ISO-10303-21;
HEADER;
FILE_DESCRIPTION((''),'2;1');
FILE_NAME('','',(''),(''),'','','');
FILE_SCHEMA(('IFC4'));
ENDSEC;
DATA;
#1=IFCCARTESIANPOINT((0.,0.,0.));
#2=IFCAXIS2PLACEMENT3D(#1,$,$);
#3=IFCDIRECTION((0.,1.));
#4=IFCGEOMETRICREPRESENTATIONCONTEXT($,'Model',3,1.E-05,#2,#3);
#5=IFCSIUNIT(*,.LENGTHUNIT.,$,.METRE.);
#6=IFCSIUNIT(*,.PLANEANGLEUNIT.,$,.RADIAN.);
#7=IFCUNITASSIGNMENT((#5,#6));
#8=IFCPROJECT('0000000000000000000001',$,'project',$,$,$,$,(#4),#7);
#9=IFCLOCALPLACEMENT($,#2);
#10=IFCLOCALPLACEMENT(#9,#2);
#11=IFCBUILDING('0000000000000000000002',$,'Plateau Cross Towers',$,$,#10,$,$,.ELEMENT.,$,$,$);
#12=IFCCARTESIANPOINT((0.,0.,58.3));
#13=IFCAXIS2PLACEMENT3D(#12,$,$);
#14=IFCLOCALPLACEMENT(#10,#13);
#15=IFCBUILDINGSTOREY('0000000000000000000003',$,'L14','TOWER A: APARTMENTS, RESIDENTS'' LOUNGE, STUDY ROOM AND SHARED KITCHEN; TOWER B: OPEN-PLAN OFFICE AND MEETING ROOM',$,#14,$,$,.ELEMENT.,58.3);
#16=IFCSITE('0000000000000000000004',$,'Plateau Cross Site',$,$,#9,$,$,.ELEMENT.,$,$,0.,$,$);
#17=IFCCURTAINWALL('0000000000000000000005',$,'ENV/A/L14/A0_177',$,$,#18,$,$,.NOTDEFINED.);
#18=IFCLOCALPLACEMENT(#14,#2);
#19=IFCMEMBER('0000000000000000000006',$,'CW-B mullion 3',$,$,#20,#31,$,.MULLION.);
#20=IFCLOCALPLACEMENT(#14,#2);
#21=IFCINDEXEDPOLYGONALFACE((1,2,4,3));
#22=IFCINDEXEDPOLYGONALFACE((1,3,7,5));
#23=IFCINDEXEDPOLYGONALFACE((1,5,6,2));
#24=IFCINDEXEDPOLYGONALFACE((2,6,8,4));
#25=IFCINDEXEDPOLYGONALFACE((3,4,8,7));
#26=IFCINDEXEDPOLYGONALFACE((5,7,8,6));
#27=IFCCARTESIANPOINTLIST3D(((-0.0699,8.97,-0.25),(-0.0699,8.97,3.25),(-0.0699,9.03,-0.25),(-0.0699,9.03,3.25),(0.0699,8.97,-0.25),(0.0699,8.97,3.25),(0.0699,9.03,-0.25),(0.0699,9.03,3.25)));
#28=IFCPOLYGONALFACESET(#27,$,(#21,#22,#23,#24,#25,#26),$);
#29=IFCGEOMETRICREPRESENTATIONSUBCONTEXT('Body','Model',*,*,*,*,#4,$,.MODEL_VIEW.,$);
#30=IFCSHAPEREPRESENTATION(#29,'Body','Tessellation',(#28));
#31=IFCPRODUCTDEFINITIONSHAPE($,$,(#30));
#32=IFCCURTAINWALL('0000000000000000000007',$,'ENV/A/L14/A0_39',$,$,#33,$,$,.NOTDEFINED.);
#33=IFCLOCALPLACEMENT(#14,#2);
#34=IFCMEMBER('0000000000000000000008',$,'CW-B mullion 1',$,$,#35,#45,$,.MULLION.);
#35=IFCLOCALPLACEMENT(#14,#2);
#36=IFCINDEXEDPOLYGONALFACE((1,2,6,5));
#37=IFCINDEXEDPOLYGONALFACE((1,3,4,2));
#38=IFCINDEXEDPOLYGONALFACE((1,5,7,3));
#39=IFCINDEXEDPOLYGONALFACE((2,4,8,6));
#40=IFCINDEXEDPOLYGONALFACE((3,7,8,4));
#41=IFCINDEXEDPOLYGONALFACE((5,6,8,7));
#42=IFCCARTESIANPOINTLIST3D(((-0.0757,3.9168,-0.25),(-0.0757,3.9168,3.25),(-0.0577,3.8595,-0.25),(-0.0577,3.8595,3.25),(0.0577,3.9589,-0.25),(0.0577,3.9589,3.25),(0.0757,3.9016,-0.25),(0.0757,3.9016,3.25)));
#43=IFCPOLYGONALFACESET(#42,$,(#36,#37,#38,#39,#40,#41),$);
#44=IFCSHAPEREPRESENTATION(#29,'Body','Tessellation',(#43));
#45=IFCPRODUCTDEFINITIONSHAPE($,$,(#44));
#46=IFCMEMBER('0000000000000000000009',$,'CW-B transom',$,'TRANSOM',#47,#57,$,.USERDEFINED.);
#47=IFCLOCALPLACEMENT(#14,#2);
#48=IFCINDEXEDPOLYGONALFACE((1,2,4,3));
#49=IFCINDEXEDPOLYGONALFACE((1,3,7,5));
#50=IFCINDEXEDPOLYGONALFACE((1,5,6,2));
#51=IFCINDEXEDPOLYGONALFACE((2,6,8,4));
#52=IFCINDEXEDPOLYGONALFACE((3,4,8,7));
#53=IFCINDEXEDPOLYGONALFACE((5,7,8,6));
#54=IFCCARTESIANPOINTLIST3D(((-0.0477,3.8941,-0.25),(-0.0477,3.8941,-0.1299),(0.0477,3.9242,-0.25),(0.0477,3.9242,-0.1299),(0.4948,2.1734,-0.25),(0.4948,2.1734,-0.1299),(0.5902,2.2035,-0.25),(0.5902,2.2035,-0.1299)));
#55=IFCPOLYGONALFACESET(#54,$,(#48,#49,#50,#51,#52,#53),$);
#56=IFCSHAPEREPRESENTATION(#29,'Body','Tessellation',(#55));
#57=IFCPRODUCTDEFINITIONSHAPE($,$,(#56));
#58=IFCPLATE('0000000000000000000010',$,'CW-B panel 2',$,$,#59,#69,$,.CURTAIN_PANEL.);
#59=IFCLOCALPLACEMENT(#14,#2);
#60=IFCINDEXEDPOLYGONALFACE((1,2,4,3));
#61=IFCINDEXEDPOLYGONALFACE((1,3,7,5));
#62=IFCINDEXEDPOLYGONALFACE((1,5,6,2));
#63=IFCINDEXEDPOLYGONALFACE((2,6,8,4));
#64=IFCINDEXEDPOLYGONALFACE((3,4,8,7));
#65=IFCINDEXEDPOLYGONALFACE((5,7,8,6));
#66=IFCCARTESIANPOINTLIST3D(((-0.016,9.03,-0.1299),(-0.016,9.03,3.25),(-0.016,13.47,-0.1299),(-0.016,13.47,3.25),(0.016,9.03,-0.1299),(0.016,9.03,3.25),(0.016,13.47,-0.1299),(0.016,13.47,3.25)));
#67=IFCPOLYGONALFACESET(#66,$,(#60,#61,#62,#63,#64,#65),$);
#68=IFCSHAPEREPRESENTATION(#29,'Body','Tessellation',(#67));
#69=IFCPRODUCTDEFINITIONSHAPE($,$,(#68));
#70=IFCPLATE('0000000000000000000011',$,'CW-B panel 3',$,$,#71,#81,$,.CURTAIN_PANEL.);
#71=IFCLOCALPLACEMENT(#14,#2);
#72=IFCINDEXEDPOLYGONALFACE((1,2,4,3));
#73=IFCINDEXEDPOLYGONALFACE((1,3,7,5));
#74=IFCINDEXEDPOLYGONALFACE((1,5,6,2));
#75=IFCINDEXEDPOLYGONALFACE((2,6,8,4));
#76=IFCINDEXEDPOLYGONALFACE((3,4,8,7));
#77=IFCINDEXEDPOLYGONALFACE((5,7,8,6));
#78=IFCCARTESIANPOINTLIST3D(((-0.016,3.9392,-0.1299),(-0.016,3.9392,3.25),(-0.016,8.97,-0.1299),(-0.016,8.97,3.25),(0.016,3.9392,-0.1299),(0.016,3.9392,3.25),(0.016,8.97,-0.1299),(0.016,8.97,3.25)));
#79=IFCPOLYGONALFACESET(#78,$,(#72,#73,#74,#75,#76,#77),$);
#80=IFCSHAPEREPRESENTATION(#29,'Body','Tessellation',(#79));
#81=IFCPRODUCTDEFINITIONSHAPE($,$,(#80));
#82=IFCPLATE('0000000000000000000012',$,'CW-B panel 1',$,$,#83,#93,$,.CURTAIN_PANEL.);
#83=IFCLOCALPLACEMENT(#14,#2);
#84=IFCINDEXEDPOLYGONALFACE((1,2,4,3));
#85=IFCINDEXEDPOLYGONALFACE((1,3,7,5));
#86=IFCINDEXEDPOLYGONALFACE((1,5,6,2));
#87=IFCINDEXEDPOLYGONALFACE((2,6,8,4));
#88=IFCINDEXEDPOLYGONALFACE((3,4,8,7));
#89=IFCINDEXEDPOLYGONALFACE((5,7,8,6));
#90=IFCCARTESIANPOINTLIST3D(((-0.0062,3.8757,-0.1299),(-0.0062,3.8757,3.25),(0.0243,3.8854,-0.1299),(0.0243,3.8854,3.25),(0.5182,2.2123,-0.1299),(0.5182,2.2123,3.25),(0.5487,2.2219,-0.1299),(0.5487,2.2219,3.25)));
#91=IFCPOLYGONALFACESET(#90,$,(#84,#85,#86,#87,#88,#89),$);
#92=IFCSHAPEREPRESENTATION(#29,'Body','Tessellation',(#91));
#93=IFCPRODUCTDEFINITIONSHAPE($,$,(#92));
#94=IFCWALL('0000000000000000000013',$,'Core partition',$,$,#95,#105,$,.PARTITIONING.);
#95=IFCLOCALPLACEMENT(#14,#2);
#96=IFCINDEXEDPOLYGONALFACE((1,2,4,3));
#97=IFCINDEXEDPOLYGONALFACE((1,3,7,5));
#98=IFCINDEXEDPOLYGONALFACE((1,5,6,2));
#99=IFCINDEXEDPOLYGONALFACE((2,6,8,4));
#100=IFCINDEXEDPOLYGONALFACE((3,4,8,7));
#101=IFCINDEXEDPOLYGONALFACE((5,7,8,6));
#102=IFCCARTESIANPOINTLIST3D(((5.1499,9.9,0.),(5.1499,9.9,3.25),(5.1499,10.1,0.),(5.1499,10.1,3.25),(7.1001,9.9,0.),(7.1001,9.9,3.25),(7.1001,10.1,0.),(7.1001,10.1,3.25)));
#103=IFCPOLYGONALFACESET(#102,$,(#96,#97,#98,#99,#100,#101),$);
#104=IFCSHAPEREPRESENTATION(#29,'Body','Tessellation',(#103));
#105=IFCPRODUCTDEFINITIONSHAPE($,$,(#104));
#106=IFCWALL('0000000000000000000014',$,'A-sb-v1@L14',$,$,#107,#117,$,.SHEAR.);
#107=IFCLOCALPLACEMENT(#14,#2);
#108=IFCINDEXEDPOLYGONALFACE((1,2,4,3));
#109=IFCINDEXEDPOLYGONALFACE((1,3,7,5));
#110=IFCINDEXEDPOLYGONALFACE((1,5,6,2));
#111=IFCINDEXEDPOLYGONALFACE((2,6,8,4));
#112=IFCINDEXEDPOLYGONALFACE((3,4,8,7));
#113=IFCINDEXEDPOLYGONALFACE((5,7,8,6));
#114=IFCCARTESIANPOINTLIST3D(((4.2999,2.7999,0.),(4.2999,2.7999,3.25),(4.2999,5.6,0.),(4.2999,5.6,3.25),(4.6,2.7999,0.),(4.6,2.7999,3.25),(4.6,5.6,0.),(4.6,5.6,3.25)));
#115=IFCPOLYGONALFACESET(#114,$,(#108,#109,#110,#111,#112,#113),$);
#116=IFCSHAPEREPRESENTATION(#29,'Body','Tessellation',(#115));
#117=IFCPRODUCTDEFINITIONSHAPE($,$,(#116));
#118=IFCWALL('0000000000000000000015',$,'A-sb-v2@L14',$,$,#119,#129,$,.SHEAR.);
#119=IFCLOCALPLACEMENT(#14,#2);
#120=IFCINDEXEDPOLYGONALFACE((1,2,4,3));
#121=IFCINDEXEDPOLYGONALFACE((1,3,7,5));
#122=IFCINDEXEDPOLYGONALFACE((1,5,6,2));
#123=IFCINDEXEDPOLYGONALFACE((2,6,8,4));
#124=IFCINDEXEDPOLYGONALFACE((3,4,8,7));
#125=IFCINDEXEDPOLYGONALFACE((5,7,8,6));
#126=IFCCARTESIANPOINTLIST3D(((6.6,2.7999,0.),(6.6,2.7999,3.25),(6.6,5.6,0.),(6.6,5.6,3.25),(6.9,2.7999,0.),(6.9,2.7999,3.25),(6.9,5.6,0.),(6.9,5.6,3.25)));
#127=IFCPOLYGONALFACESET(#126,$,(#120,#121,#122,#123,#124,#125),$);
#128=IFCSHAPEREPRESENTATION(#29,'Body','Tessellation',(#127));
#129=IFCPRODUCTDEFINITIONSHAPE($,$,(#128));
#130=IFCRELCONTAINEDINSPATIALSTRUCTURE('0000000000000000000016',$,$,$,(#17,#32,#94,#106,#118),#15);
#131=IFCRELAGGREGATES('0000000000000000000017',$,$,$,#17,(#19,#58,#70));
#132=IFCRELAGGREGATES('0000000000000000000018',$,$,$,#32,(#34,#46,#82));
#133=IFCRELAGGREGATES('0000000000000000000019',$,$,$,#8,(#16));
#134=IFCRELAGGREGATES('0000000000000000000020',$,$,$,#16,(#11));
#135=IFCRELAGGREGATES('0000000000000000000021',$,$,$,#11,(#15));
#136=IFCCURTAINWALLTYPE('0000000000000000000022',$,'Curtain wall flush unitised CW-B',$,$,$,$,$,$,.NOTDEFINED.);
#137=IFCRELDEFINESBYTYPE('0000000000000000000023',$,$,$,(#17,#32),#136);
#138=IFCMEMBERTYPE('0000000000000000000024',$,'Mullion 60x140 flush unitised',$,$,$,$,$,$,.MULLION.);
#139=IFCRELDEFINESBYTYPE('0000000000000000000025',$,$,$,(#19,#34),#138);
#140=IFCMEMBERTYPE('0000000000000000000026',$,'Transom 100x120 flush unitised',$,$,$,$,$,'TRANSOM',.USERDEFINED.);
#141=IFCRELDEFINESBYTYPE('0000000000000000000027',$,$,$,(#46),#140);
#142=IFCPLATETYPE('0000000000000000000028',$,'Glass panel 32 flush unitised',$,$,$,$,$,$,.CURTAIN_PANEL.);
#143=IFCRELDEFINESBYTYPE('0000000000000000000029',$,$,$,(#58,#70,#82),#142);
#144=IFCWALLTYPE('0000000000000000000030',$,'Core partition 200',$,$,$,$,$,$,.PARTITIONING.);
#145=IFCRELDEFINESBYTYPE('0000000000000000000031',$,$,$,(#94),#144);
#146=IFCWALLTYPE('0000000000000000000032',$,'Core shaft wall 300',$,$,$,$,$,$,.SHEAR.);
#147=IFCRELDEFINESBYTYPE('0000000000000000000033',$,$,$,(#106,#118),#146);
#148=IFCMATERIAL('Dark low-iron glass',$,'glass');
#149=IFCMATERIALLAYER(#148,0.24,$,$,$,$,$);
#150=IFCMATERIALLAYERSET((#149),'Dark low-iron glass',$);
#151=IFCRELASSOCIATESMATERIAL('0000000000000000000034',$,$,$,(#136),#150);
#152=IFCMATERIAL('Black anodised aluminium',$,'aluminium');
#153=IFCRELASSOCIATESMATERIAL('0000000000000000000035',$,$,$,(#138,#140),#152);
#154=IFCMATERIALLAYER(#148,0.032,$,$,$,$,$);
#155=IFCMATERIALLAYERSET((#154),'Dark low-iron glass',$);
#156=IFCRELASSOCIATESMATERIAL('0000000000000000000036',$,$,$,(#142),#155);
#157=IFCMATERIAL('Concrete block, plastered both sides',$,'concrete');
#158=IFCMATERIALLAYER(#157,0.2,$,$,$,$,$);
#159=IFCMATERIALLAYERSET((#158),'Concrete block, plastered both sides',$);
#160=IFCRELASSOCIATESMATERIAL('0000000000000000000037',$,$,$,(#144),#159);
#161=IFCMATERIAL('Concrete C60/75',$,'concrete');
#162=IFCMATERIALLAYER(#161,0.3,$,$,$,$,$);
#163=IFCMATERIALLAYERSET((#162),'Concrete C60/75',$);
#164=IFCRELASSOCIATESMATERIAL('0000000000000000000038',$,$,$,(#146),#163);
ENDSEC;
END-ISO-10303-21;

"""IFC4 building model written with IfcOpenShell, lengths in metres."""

from ifc_helpers import new_model, si_unit, direction, frame, frame_2d, origin, origin_2d, place, context, subcontext, project, spatial, rectangle, extrude, material, layer, layer_set, material_profile, profile_set, type_object, element, aggregate, save


model = new_model("IFC4")

# Units and contexts
model_context = context("Model", 3, precision=1e-05, world=origin(), true_north=direction((0.0, 1.0)))
body_context = subcontext(model_context, "Body", "Model", "MODEL_VIEW")
ifc_project = project(units=[si_unit("LENGTHUNIT", "METRE"), si_unit("PLANEANGLEUNIT", "RADIAN")], contexts=[model_context])

# Site, building, storey
site_placement = place(None, origin())
site = spatial("IfcSite", under=ifc_project, at=site_placement, Name="Plateau Cross Site", CompositionType="ELEMENT", RefElevation=0.0)
building_placement = place(site_placement, origin())
building = spatial("IfcBuilding", under=site, at=building_placement, Name="Plateau Cross Towers", CompositionType="ELEMENT")
storey_placement = place(building_placement, frame((0.0, 0.0, 58.3)))
storey = spatial("IfcBuildingStorey", under=building, at=storey_placement, Name="L14", Description="TOWER A: APARTMENTS, RESIDENTS' LOUNGE, STUDY ROOM AND SHARED KITCHEN; TOWER B: OPEN-PLAN OFFICE AND MEETING ROOM", CompositionType="ELEMENT", Elevation=58.3)

# Curtain wall, member
ifc_material_1 = material(Name="Dark low-iron glass", Category="glass")
ifc_layer_1 = layer(ifc_material_1, 0.24)
ifc_layer_set_1 = layer_set([ifc_layer_1], Name="Dark low-iron glass")
curtain_wall_type = type_object("IfcCurtainWallType", Name="Curtain wall flush unitised CW-B", PredefinedType="NOTDEFINED", material=ifc_layer_set_1)
curtain_wall_1_placement = place(storey_placement, origin())
curtain_wall_1 = element("IfcCurtainWall", 1, at=curtain_wall_1_placement, inside=storey, type_object=curtain_wall_type, Name="ENV/A/L14/A0_177", PredefinedType="NOTDEFINED")
ifc_material_2 = material(Name="Black anodised aluminium", Category="aluminium")
ifc_material_profile_1 = material_profile(ifc_material_2, rectangle(XDim=0.0601, YDim=0.1399, at=origin_2d()), Name="MULLION 60x140")
ifc_profile_set_1 = profile_set([ifc_material_profile_1], Name="Black anodised aluminium")
member_type_1 = type_object("IfcMemberType", Name="Mullion 60x140 flush unitised", PredefinedType="MULLION", material=ifc_profile_set_1)
member_1_placement = place(storey_placement, frame((0.0, 9.0, -0.25), z_axis=(0.0, 0.0, 1.0), x_axis=(0.0, -1.0, 0.0)))
member_1 = element("IfcMember", 2, at=member_1_placement, type_object=member_type_1, Name="CW-B mullion 3", PredefinedType="MULLION", context=body_context, shape_type="SweptSolid", body=[
    extrude(rectangle(XDim=0.0601, YDim=0.1399, at=origin_2d()), origin(), (0.0, 0.0, 1.0), 3.5),
])

# Curtain wall, members
curtain_wall_2_placement = place(storey_placement, origin())
curtain_wall_2 = element("IfcCurtainWall", 3, at=curtain_wall_2_placement, inside=storey, type_object=curtain_wall_type, Name="ENV/A/L14/A0_39", PredefinedType="NOTDEFINED")
member_2_placement = place(storey_placement, frame((0.0, 3.9092, -0.25), z_axis=(0.0, 0.0, 1.0), x_axis=(0.300686, -0.953723, 0.0)))
member_2 = element("IfcMember", 4, at=member_2_placement, type_object=member_type_1, Name="CW-B mullion 1", PredefinedType="MULLION", context=body_context, shape_type="SweptSolid", body=[
    extrude(rectangle(XDim=0.0601, YDim=0.1399, at=origin_2d()), origin(), (0.0, 0.0, 1.0), 3.5),
])
ifc_material_profile_2 = material_profile(ifc_material_2, rectangle(XDim=0.1001, YDim=0.1201, at=origin_2d()), Name="TRANSOM 100x120")
ifc_profile_set_2 = profile_set([ifc_material_profile_2], Name="Black anodised aluminium")
member_type_2 = type_object("IfcMemberType", Name="Transom 100x120 flush unitised", ElementType="TRANSOM", PredefinedType="USERDEFINED", material=ifc_profile_set_2)
member_3_placement = place(storey_placement, frame((0.0, 3.9092, -0.1899), z_axis=(0.300678, -0.953726, 0.0), x_axis=(0.953726, 0.300678, 0.0)))
member_3 = element("IfcMember", 5, at=member_3_placement, type_object=member_type_2, Name="CW-B transom", ObjectType="TRANSOM", PredefinedType="USERDEFINED", context=body_context, shape_type="SweptSolid", body=[
    extrude(rectangle(XDim=0.1001, YDim=0.1201, at=origin_2d()), origin(), (0.0, 0.0, 1.0), 1.8042),
])

# Plates
ifc_layer_2 = layer(ifc_material_1, 0.032)
ifc_layer_set_2 = layer_set([ifc_layer_2], Name="Dark low-iron glass")
plate_type = type_object("IfcPlateType", Name="Glass panel 32 flush unitised", PredefinedType="CURTAIN_PANEL", material=ifc_layer_set_2)
plate_1_placement = place(storey_placement, frame((0.0, 11.25, -0.1299), z_axis=(0.0, 0.0, 1.0), x_axis=(0.0, -1.0, 0.0)))
plate_1 = element("IfcPlate", 6, at=plate_1_placement, type_object=plate_type, Name="CW-B panel 2", PredefinedType="CURTAIN_PANEL", context=body_context, shape_type="SweptSolid", body=[
    extrude(rectangle(XDim=4.4399, YDim=0.032, at=origin_2d()), origin(), (0.0, 0.0, 1.0), 3.3799),
])
plate_2_placement = place(storey_placement, frame((0.0, 6.4546, -0.1299), z_axis=(0.0, 0.0, 1.0), x_axis=(0.0, -1.0, 0.0)))
plate_2 = element("IfcPlate", 7, at=plate_2_placement, type_object=plate_type, Name="CW-B panel 3", PredefinedType="CURTAIN_PANEL", context=body_context, shape_type="SweptSolid", body=[
    extrude(rectangle(XDim=5.0308, YDim=0.032, at=origin_2d()), origin(), (0.0, 0.0, 1.0), 3.3799),
])
aggregate(curtain_wall_1, [member_1, plate_1, plate_2])
plate_3_placement = place(storey_placement, frame((0.2712, 3.0488, -0.1299), z_axis=(0.0, 0.0, 1.0), x_axis=(0.300686, -0.953723, 0.0)))
plate_3 = element("IfcPlate", 8, at=plate_3_placement, type_object=plate_type, Name="CW-B panel 1", PredefinedType="CURTAIN_PANEL", context=body_context, shape_type="SweptSolid", body=[
    extrude(rectangle(XDim=1.7441, YDim=0.032, at=origin_2d()), origin(), (0.0, 0.0, 1.0), 3.3799),
])
aggregate(curtain_wall_2, [member_2, member_3, plate_3])

# Walls
ifc_material_3 = material(Name="Concrete block, plastered both sides", Category="concrete")
ifc_layer_3 = layer(ifc_material_3, 0.2)
ifc_layer_set_3 = layer_set([ifc_layer_3], Name="Concrete block, plastered both sides")
wall_type_1 = type_object("IfcWallType", Name="Core partition 200", PredefinedType="PARTITIONING", material=ifc_layer_set_3)
wall_1_placement = place(storey_placement, frame((5.1499, 10.0, 0.0), z_axis=(0.0, 0.0, 1.0), x_axis=(1.0, 0.0, 0.0)))
element("IfcWall", 9, at=wall_1_placement, inside=storey, type_object=wall_type_1, Name="Core partition", PredefinedType="PARTITIONING", context=body_context, shape_type="SweptSolid", body=[
    extrude(rectangle(XDim=1.9502, YDim=0.2, at=frame_2d((0.9751, 0.0))), origin(), (0.0, 0.0, 1.0), 3.25),
])
ifc_material_4 = material(Name="Concrete C60/75", Category="concrete")
ifc_layer_4 = layer(ifc_material_4, 0.3)
ifc_layer_set_4 = layer_set([ifc_layer_4], Name="Concrete C60/75")
wall_type_2 = type_object("IfcWallType", Name="Core shaft wall 300", PredefinedType="SHEAR", material=ifc_layer_set_4)
for number, where, z_axis, x_axis, name in (
    (10, (4.45, 2.8, 0.0), (0.0, 0.0, 1.0), (0.0, 1.0, 0.0), "A-sb-v1@L14"),
    (11, (6.75, 2.8, 0.0), (0.0, 0.0, 1.0), (0.0, 1.0, 0.0), "A-sb-v2@L14"),
):
    element("IfcWall", number, at=place(storey_placement, frame(where, z_axis=z_axis, x_axis=x_axis)), inside=storey, type_object=wall_type_2, Name=name, PredefinedType="SHEAR", context=body_context, shape_type="SweptSolid", body=[
        extrude(rectangle(XDim=2.8, YDim=0.3, at=frame_2d((1.3999, 0.0))), origin(), (0.0, 0.0, 1.0), 3.25),
    ])

save(model, "model.ifc")
